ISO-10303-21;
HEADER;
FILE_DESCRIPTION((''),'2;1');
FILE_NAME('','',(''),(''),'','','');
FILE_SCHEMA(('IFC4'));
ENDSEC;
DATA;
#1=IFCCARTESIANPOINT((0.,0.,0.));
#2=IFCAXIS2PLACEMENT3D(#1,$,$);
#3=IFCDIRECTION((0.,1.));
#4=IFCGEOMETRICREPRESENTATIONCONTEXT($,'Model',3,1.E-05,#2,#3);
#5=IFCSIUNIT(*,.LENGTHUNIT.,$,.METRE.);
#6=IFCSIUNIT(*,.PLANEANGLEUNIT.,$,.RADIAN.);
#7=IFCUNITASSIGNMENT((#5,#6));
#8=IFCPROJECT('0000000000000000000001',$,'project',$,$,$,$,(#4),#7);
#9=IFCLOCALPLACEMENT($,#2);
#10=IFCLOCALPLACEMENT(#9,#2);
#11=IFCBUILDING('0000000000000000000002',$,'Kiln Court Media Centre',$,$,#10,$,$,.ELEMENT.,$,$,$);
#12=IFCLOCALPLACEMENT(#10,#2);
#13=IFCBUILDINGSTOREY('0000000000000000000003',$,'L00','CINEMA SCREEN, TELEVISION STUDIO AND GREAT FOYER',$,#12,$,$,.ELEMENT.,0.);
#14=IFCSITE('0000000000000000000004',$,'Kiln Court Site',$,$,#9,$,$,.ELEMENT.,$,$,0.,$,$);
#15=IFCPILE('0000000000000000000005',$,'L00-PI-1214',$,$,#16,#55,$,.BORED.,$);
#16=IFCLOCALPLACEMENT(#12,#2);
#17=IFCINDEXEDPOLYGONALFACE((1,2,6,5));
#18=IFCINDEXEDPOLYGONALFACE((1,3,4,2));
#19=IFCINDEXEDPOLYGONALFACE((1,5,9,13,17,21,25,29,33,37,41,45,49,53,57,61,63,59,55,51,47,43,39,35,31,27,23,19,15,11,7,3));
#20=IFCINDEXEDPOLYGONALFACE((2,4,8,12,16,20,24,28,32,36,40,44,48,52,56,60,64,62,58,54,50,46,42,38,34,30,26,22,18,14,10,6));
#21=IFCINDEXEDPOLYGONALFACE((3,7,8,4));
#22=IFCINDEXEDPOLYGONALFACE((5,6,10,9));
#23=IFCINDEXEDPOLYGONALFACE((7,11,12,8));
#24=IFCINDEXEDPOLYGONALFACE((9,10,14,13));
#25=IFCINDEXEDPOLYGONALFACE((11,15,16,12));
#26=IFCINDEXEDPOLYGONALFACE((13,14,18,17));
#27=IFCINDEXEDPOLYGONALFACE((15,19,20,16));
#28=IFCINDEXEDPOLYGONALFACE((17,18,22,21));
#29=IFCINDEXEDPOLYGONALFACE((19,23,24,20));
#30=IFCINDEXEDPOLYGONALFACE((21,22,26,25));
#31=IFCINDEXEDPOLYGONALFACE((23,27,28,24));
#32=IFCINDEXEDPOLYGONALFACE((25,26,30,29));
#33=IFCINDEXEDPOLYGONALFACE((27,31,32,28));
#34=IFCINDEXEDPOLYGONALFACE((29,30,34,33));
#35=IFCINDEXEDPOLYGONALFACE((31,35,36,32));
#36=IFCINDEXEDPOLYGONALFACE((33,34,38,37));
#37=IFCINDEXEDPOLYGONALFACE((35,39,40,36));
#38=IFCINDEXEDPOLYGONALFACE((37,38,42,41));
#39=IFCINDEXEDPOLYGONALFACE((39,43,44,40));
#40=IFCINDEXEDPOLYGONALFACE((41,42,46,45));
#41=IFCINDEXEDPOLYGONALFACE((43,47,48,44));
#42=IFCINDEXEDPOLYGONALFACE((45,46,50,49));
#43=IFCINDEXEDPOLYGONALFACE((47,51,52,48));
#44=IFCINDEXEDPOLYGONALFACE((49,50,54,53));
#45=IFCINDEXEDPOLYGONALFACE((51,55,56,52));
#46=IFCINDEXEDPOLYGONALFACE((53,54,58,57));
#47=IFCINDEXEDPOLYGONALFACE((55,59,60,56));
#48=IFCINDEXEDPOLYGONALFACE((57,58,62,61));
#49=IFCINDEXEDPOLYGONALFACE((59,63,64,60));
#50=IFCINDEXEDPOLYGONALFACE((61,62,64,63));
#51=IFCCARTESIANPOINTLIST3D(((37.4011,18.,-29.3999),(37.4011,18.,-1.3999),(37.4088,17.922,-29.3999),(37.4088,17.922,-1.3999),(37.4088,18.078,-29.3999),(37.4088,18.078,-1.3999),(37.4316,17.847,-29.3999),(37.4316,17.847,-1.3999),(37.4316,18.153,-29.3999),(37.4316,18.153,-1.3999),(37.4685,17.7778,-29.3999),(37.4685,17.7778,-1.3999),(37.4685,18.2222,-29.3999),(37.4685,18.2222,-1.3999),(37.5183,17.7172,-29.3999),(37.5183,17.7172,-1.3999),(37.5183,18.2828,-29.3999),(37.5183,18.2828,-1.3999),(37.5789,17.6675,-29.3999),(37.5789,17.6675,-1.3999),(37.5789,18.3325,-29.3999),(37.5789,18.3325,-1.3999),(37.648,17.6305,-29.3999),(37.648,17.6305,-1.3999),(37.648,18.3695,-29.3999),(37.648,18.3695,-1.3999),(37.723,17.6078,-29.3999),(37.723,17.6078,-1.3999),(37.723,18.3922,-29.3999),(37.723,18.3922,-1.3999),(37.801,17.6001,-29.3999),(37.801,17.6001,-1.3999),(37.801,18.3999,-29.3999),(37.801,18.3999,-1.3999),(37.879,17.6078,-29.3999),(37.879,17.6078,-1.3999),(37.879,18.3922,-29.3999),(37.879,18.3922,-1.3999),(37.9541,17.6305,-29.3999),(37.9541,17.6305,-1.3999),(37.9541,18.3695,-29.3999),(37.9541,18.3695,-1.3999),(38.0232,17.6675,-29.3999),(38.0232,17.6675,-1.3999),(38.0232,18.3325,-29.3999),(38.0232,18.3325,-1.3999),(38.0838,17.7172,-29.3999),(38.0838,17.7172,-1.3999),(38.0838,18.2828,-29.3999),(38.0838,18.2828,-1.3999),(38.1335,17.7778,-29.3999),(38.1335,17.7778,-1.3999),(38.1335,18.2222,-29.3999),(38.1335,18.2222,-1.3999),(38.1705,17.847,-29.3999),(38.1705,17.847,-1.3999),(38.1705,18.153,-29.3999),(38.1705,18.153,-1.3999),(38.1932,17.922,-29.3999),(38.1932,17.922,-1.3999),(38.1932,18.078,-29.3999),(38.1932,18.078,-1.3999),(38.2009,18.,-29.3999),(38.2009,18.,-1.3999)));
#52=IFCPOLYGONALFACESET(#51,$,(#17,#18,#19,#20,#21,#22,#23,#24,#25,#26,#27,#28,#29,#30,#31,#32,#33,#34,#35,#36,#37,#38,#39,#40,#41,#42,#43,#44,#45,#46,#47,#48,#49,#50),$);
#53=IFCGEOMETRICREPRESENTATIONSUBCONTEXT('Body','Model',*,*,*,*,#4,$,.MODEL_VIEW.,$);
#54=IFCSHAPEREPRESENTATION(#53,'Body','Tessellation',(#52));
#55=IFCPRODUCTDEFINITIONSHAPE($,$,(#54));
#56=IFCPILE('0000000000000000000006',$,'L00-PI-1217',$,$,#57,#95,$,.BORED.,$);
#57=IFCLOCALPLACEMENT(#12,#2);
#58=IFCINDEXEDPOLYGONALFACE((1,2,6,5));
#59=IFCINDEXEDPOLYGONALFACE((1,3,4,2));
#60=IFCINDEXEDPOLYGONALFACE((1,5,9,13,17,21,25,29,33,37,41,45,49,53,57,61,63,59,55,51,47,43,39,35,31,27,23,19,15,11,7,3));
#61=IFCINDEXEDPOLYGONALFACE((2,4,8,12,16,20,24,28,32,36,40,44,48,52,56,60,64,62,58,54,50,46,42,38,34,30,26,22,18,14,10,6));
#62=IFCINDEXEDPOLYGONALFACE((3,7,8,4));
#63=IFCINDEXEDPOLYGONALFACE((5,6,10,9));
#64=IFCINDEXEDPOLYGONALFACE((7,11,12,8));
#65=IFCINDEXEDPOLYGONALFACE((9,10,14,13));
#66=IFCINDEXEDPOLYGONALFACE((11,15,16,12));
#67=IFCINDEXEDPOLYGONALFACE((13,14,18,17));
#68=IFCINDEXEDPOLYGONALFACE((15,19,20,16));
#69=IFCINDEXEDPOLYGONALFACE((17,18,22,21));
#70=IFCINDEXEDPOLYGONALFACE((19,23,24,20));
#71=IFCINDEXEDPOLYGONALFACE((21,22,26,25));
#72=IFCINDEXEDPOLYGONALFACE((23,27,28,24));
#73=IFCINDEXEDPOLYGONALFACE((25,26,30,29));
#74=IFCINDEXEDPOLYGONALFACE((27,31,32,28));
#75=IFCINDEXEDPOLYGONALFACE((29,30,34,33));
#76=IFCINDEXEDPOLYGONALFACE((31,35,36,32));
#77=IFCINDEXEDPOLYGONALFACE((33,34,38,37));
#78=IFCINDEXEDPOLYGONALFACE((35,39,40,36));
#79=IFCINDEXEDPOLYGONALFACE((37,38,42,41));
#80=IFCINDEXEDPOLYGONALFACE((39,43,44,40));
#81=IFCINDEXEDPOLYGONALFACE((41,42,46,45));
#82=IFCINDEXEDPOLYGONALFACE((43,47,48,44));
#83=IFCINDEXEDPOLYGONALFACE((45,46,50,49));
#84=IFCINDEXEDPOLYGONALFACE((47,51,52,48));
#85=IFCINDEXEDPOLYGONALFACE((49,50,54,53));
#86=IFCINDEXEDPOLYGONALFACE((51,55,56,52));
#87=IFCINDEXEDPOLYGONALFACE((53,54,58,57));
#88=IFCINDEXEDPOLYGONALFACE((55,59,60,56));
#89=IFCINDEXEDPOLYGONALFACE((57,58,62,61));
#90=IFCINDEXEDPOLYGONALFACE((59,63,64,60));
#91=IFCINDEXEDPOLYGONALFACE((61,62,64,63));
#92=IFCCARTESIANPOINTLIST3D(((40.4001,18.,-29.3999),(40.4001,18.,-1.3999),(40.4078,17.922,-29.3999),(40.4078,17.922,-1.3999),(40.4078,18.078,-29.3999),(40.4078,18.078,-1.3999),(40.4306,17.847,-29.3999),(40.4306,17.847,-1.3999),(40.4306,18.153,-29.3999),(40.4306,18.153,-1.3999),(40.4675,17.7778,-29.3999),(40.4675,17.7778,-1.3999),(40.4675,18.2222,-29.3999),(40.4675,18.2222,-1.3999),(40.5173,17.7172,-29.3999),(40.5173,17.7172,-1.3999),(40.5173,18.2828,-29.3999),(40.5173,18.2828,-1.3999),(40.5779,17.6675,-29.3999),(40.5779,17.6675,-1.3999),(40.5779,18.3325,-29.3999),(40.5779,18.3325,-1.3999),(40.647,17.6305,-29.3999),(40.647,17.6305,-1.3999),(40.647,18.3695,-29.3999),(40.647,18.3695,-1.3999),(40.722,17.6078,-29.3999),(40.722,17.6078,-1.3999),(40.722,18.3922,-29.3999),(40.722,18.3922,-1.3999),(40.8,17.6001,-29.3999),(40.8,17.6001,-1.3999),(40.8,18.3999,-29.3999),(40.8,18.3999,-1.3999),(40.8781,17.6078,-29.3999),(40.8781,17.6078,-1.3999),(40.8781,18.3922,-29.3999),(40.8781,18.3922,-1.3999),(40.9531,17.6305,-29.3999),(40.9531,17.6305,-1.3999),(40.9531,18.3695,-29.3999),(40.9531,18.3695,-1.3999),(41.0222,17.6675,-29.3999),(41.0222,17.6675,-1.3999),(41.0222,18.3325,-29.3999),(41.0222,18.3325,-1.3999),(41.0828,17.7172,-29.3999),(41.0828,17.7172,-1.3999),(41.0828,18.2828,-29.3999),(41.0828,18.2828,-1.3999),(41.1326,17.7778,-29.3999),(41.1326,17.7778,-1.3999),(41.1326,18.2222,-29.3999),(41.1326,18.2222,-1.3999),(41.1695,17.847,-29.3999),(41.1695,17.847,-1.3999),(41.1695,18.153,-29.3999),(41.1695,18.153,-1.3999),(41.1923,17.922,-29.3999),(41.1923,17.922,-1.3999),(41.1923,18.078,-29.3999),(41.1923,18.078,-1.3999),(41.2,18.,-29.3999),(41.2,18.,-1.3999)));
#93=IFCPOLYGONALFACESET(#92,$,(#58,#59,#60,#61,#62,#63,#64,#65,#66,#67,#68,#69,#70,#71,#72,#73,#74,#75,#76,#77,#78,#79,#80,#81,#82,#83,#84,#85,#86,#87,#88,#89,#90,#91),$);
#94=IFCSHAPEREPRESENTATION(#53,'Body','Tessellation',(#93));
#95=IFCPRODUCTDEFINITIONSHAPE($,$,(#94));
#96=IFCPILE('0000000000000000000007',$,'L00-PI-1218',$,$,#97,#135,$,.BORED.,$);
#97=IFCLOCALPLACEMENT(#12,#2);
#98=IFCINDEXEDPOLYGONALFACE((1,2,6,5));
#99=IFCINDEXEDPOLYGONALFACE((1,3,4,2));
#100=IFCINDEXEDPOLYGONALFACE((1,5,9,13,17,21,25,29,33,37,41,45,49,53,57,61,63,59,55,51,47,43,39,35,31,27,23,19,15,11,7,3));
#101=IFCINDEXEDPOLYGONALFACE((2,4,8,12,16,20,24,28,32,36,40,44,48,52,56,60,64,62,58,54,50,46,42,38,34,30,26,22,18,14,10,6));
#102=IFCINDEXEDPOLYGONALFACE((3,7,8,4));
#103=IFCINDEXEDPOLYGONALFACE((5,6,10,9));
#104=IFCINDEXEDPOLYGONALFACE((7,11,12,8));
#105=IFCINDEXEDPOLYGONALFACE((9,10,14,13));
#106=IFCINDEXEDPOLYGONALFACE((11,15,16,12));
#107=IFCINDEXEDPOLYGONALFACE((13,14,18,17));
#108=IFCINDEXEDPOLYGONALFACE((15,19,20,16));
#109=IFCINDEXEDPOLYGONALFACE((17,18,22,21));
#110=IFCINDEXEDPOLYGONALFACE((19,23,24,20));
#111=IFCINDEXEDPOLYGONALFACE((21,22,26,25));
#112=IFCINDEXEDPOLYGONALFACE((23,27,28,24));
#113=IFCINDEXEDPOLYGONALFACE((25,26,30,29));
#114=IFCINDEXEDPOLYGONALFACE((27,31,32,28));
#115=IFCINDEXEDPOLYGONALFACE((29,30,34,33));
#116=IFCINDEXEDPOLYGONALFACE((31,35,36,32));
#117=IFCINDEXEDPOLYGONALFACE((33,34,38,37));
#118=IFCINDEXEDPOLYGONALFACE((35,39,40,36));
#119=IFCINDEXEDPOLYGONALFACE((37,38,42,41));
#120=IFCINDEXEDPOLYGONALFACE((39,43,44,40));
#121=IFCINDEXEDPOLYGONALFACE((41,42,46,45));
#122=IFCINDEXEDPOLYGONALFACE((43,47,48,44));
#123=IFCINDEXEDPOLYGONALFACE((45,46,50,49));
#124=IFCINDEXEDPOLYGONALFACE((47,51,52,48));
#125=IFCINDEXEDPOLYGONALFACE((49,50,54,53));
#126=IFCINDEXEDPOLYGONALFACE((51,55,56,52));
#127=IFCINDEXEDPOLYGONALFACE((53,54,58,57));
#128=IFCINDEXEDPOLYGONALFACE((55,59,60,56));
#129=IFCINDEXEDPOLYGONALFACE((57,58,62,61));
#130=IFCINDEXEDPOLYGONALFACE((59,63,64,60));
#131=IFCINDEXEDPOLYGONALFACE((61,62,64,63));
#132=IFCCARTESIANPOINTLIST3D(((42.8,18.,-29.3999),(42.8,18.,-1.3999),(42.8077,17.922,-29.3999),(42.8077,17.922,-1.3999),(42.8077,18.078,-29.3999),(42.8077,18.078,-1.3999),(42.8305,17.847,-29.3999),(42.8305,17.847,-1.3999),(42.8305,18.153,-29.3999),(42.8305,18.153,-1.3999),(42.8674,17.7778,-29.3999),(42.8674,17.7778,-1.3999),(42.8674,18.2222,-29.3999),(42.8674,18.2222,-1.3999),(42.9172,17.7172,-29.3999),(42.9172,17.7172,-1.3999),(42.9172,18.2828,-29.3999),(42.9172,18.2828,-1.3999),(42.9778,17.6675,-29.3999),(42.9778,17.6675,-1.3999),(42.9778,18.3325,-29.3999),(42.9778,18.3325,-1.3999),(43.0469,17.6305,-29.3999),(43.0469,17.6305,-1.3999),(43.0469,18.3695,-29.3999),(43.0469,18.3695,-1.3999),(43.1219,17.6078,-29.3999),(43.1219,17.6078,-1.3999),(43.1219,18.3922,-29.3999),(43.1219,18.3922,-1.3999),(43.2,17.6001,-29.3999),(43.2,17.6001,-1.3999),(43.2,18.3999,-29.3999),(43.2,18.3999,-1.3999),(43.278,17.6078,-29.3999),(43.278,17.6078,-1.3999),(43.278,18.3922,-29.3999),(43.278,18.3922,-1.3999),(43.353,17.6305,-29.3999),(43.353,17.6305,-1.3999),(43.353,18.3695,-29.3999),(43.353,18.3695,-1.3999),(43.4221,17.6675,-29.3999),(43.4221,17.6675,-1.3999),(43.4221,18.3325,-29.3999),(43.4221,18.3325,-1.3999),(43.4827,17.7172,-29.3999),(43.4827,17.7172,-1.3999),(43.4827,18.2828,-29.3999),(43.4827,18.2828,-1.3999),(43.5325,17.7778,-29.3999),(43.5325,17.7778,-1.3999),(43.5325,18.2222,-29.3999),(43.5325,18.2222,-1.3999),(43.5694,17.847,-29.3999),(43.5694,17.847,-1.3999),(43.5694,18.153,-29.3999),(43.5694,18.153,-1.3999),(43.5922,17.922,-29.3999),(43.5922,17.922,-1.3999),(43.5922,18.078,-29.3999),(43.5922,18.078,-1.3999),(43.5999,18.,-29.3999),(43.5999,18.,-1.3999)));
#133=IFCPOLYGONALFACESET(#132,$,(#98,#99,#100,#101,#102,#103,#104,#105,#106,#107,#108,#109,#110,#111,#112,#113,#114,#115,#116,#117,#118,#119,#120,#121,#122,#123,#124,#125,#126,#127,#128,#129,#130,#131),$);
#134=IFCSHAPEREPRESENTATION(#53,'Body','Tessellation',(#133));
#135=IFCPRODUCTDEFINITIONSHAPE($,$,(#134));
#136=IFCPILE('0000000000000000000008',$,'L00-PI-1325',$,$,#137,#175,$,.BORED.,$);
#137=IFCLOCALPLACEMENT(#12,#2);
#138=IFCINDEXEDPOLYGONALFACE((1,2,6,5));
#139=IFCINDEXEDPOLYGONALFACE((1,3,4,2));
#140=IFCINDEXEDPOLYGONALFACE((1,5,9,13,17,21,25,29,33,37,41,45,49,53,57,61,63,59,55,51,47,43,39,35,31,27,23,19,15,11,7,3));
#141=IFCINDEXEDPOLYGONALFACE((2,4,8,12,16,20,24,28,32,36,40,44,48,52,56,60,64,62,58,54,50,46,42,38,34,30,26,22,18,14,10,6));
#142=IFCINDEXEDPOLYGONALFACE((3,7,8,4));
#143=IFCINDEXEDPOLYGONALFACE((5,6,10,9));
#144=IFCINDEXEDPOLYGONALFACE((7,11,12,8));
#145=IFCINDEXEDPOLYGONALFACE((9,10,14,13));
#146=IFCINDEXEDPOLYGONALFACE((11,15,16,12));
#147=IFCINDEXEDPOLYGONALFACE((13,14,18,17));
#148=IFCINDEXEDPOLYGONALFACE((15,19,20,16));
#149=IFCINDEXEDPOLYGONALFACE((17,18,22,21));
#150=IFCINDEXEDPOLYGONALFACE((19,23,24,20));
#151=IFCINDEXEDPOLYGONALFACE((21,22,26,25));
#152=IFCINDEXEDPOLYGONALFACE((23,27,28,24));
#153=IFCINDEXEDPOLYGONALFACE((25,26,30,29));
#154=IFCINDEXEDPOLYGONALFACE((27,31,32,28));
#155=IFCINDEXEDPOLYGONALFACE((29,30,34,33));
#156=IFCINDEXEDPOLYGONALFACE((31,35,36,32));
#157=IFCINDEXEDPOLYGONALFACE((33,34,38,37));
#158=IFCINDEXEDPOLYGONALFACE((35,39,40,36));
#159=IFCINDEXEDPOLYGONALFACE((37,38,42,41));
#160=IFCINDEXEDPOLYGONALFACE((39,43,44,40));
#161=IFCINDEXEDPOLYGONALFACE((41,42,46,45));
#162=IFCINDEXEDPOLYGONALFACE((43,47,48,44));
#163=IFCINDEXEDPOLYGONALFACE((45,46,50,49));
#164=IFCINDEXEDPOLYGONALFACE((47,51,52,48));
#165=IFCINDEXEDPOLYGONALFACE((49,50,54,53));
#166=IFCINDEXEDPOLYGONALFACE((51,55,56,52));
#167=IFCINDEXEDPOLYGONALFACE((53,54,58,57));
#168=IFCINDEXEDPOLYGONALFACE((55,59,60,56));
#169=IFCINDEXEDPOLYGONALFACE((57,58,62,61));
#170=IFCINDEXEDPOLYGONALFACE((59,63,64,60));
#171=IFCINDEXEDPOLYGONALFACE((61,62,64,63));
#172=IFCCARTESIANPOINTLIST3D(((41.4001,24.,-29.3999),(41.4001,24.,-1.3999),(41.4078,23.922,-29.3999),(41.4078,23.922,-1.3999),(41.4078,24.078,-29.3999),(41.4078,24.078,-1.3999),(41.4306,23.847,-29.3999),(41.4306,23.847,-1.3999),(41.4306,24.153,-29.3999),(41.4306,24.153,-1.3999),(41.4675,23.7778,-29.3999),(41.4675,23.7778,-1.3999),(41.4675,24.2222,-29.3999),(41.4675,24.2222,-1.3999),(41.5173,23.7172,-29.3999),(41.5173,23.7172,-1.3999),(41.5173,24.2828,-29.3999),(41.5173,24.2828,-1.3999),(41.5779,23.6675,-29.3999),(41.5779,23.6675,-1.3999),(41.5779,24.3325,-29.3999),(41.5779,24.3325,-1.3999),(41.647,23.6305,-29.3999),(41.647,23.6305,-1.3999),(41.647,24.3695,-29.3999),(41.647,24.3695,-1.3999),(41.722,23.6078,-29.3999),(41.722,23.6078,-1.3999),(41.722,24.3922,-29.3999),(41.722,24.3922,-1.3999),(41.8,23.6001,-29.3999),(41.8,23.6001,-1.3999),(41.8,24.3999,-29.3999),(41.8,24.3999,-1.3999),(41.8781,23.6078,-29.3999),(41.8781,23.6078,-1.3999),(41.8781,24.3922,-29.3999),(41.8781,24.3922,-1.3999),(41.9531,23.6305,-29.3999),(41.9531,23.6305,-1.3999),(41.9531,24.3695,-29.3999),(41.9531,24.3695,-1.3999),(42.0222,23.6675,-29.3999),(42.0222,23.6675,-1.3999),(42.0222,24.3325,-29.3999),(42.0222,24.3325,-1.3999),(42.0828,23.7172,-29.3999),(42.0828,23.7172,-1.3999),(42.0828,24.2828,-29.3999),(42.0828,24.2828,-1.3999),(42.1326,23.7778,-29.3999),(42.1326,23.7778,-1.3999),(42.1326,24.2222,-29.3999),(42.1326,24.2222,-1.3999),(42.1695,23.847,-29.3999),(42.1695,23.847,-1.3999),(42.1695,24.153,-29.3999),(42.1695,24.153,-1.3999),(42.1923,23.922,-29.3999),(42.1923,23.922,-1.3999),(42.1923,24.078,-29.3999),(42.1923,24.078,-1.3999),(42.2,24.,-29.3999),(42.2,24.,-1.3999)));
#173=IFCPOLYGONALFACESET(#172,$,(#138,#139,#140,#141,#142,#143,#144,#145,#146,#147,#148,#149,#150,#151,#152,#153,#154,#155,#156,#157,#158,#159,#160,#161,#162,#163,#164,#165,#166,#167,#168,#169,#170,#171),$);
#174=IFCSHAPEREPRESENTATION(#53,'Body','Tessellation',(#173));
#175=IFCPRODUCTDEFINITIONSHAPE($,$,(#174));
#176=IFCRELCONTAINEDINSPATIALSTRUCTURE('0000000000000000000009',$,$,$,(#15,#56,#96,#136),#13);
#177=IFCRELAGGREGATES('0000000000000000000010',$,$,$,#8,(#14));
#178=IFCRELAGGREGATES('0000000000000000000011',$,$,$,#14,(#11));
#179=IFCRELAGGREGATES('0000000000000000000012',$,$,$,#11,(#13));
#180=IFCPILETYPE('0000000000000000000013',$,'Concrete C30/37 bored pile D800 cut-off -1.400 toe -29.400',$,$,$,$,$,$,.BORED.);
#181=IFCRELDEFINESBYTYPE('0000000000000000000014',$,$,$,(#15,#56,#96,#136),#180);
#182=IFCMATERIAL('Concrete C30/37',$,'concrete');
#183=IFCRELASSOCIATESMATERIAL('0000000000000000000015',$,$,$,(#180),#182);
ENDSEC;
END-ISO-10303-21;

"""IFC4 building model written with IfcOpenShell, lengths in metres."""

from ifc_helpers import new_model, si_unit, direction, frame, origin, origin_2d, place, context, subcontext, project, spatial, circle, extrude, material, material_profile, profile_set, type_object, element, save


model = new_model("IFC4")

# Units and contexts
model_context = context("Model", 3, precision=1e-05, world=origin(), true_north=direction((0.0, 1.0)))
body_context = subcontext(model_context, "Body", "Model", "MODEL_VIEW")
ifc_project = project(units=[si_unit("LENGTHUNIT", "METRE"), si_unit("PLANEANGLEUNIT", "RADIAN")], contexts=[model_context])

# Site, building, storey
site_placement = place(None, origin())
site = spatial("IfcSite", under=ifc_project, at=site_placement, Name="Kiln Court Site", CompositionType="ELEMENT", RefElevation=0.0)
building_placement = place(site_placement, origin())
building = spatial("IfcBuilding", under=site, at=building_placement, Name="Kiln Court Media Centre", CompositionType="ELEMENT")
storey_placement = place(building_placement, origin())
storey = spatial("IfcBuildingStorey", under=building, at=storey_placement, Name="L00", Description="CINEMA SCREEN, TELEVISION STUDIO AND GREAT FOYER", CompositionType="ELEMENT", Elevation=0.0)

# Piles
ifc_material_1 = material(Name="Concrete C30/37", Category="concrete")
ifc_material_profile_1 = material_profile(ifc_material_1, circle(Radius=0.3999, at=origin_2d()), Name="PILE D800")
ifc_profile_set_1 = profile_set([ifc_material_profile_1], Name="Concrete C30/37")
pile_type_1 = type_object("IfcPileType", Name="Concrete C30/37 bored pile D800 cut-off -1.400 toe -29.400", PredefinedType="BORED", material=ifc_profile_set_1)
for number, where, z_axis, x_axis, name in (
    (1, (37.801, 18.0, -1.3999), (0.0, 0.0, -1.0), (1.0, 0.0, 0.0), "L00-PI-1214"),
    (2, (40.8, 18.0, -1.3999), (0.0, 0.0, -1.0), (1.0, 0.0, 0.0), "L00-PI-1217"),
    (3, (43.2, 18.0, -1.3999), (0.0, 0.0, -1.0), (1.0, 0.0, 0.0), "L00-PI-1218"),
    (4, (41.8, 24.0, -1.3999), (0.0, 0.0, -1.0), (1.0, 0.0, 0.0), "L00-PI-1325"),
):
    element("IfcPile", number, at=place(storey_placement, frame(where, z_axis=z_axis, x_axis=x_axis)), inside=storey, type_object=pile_type_1, Name=name, PredefinedType="BORED", context=body_context, shape_type="SweptSolid", body=[
        extrude(circle(Radius=0.3999, at=origin_2d()), origin(), (0.0, 0.0, 1.0), 28.0),
    ])

save(model, "model.ifc")
